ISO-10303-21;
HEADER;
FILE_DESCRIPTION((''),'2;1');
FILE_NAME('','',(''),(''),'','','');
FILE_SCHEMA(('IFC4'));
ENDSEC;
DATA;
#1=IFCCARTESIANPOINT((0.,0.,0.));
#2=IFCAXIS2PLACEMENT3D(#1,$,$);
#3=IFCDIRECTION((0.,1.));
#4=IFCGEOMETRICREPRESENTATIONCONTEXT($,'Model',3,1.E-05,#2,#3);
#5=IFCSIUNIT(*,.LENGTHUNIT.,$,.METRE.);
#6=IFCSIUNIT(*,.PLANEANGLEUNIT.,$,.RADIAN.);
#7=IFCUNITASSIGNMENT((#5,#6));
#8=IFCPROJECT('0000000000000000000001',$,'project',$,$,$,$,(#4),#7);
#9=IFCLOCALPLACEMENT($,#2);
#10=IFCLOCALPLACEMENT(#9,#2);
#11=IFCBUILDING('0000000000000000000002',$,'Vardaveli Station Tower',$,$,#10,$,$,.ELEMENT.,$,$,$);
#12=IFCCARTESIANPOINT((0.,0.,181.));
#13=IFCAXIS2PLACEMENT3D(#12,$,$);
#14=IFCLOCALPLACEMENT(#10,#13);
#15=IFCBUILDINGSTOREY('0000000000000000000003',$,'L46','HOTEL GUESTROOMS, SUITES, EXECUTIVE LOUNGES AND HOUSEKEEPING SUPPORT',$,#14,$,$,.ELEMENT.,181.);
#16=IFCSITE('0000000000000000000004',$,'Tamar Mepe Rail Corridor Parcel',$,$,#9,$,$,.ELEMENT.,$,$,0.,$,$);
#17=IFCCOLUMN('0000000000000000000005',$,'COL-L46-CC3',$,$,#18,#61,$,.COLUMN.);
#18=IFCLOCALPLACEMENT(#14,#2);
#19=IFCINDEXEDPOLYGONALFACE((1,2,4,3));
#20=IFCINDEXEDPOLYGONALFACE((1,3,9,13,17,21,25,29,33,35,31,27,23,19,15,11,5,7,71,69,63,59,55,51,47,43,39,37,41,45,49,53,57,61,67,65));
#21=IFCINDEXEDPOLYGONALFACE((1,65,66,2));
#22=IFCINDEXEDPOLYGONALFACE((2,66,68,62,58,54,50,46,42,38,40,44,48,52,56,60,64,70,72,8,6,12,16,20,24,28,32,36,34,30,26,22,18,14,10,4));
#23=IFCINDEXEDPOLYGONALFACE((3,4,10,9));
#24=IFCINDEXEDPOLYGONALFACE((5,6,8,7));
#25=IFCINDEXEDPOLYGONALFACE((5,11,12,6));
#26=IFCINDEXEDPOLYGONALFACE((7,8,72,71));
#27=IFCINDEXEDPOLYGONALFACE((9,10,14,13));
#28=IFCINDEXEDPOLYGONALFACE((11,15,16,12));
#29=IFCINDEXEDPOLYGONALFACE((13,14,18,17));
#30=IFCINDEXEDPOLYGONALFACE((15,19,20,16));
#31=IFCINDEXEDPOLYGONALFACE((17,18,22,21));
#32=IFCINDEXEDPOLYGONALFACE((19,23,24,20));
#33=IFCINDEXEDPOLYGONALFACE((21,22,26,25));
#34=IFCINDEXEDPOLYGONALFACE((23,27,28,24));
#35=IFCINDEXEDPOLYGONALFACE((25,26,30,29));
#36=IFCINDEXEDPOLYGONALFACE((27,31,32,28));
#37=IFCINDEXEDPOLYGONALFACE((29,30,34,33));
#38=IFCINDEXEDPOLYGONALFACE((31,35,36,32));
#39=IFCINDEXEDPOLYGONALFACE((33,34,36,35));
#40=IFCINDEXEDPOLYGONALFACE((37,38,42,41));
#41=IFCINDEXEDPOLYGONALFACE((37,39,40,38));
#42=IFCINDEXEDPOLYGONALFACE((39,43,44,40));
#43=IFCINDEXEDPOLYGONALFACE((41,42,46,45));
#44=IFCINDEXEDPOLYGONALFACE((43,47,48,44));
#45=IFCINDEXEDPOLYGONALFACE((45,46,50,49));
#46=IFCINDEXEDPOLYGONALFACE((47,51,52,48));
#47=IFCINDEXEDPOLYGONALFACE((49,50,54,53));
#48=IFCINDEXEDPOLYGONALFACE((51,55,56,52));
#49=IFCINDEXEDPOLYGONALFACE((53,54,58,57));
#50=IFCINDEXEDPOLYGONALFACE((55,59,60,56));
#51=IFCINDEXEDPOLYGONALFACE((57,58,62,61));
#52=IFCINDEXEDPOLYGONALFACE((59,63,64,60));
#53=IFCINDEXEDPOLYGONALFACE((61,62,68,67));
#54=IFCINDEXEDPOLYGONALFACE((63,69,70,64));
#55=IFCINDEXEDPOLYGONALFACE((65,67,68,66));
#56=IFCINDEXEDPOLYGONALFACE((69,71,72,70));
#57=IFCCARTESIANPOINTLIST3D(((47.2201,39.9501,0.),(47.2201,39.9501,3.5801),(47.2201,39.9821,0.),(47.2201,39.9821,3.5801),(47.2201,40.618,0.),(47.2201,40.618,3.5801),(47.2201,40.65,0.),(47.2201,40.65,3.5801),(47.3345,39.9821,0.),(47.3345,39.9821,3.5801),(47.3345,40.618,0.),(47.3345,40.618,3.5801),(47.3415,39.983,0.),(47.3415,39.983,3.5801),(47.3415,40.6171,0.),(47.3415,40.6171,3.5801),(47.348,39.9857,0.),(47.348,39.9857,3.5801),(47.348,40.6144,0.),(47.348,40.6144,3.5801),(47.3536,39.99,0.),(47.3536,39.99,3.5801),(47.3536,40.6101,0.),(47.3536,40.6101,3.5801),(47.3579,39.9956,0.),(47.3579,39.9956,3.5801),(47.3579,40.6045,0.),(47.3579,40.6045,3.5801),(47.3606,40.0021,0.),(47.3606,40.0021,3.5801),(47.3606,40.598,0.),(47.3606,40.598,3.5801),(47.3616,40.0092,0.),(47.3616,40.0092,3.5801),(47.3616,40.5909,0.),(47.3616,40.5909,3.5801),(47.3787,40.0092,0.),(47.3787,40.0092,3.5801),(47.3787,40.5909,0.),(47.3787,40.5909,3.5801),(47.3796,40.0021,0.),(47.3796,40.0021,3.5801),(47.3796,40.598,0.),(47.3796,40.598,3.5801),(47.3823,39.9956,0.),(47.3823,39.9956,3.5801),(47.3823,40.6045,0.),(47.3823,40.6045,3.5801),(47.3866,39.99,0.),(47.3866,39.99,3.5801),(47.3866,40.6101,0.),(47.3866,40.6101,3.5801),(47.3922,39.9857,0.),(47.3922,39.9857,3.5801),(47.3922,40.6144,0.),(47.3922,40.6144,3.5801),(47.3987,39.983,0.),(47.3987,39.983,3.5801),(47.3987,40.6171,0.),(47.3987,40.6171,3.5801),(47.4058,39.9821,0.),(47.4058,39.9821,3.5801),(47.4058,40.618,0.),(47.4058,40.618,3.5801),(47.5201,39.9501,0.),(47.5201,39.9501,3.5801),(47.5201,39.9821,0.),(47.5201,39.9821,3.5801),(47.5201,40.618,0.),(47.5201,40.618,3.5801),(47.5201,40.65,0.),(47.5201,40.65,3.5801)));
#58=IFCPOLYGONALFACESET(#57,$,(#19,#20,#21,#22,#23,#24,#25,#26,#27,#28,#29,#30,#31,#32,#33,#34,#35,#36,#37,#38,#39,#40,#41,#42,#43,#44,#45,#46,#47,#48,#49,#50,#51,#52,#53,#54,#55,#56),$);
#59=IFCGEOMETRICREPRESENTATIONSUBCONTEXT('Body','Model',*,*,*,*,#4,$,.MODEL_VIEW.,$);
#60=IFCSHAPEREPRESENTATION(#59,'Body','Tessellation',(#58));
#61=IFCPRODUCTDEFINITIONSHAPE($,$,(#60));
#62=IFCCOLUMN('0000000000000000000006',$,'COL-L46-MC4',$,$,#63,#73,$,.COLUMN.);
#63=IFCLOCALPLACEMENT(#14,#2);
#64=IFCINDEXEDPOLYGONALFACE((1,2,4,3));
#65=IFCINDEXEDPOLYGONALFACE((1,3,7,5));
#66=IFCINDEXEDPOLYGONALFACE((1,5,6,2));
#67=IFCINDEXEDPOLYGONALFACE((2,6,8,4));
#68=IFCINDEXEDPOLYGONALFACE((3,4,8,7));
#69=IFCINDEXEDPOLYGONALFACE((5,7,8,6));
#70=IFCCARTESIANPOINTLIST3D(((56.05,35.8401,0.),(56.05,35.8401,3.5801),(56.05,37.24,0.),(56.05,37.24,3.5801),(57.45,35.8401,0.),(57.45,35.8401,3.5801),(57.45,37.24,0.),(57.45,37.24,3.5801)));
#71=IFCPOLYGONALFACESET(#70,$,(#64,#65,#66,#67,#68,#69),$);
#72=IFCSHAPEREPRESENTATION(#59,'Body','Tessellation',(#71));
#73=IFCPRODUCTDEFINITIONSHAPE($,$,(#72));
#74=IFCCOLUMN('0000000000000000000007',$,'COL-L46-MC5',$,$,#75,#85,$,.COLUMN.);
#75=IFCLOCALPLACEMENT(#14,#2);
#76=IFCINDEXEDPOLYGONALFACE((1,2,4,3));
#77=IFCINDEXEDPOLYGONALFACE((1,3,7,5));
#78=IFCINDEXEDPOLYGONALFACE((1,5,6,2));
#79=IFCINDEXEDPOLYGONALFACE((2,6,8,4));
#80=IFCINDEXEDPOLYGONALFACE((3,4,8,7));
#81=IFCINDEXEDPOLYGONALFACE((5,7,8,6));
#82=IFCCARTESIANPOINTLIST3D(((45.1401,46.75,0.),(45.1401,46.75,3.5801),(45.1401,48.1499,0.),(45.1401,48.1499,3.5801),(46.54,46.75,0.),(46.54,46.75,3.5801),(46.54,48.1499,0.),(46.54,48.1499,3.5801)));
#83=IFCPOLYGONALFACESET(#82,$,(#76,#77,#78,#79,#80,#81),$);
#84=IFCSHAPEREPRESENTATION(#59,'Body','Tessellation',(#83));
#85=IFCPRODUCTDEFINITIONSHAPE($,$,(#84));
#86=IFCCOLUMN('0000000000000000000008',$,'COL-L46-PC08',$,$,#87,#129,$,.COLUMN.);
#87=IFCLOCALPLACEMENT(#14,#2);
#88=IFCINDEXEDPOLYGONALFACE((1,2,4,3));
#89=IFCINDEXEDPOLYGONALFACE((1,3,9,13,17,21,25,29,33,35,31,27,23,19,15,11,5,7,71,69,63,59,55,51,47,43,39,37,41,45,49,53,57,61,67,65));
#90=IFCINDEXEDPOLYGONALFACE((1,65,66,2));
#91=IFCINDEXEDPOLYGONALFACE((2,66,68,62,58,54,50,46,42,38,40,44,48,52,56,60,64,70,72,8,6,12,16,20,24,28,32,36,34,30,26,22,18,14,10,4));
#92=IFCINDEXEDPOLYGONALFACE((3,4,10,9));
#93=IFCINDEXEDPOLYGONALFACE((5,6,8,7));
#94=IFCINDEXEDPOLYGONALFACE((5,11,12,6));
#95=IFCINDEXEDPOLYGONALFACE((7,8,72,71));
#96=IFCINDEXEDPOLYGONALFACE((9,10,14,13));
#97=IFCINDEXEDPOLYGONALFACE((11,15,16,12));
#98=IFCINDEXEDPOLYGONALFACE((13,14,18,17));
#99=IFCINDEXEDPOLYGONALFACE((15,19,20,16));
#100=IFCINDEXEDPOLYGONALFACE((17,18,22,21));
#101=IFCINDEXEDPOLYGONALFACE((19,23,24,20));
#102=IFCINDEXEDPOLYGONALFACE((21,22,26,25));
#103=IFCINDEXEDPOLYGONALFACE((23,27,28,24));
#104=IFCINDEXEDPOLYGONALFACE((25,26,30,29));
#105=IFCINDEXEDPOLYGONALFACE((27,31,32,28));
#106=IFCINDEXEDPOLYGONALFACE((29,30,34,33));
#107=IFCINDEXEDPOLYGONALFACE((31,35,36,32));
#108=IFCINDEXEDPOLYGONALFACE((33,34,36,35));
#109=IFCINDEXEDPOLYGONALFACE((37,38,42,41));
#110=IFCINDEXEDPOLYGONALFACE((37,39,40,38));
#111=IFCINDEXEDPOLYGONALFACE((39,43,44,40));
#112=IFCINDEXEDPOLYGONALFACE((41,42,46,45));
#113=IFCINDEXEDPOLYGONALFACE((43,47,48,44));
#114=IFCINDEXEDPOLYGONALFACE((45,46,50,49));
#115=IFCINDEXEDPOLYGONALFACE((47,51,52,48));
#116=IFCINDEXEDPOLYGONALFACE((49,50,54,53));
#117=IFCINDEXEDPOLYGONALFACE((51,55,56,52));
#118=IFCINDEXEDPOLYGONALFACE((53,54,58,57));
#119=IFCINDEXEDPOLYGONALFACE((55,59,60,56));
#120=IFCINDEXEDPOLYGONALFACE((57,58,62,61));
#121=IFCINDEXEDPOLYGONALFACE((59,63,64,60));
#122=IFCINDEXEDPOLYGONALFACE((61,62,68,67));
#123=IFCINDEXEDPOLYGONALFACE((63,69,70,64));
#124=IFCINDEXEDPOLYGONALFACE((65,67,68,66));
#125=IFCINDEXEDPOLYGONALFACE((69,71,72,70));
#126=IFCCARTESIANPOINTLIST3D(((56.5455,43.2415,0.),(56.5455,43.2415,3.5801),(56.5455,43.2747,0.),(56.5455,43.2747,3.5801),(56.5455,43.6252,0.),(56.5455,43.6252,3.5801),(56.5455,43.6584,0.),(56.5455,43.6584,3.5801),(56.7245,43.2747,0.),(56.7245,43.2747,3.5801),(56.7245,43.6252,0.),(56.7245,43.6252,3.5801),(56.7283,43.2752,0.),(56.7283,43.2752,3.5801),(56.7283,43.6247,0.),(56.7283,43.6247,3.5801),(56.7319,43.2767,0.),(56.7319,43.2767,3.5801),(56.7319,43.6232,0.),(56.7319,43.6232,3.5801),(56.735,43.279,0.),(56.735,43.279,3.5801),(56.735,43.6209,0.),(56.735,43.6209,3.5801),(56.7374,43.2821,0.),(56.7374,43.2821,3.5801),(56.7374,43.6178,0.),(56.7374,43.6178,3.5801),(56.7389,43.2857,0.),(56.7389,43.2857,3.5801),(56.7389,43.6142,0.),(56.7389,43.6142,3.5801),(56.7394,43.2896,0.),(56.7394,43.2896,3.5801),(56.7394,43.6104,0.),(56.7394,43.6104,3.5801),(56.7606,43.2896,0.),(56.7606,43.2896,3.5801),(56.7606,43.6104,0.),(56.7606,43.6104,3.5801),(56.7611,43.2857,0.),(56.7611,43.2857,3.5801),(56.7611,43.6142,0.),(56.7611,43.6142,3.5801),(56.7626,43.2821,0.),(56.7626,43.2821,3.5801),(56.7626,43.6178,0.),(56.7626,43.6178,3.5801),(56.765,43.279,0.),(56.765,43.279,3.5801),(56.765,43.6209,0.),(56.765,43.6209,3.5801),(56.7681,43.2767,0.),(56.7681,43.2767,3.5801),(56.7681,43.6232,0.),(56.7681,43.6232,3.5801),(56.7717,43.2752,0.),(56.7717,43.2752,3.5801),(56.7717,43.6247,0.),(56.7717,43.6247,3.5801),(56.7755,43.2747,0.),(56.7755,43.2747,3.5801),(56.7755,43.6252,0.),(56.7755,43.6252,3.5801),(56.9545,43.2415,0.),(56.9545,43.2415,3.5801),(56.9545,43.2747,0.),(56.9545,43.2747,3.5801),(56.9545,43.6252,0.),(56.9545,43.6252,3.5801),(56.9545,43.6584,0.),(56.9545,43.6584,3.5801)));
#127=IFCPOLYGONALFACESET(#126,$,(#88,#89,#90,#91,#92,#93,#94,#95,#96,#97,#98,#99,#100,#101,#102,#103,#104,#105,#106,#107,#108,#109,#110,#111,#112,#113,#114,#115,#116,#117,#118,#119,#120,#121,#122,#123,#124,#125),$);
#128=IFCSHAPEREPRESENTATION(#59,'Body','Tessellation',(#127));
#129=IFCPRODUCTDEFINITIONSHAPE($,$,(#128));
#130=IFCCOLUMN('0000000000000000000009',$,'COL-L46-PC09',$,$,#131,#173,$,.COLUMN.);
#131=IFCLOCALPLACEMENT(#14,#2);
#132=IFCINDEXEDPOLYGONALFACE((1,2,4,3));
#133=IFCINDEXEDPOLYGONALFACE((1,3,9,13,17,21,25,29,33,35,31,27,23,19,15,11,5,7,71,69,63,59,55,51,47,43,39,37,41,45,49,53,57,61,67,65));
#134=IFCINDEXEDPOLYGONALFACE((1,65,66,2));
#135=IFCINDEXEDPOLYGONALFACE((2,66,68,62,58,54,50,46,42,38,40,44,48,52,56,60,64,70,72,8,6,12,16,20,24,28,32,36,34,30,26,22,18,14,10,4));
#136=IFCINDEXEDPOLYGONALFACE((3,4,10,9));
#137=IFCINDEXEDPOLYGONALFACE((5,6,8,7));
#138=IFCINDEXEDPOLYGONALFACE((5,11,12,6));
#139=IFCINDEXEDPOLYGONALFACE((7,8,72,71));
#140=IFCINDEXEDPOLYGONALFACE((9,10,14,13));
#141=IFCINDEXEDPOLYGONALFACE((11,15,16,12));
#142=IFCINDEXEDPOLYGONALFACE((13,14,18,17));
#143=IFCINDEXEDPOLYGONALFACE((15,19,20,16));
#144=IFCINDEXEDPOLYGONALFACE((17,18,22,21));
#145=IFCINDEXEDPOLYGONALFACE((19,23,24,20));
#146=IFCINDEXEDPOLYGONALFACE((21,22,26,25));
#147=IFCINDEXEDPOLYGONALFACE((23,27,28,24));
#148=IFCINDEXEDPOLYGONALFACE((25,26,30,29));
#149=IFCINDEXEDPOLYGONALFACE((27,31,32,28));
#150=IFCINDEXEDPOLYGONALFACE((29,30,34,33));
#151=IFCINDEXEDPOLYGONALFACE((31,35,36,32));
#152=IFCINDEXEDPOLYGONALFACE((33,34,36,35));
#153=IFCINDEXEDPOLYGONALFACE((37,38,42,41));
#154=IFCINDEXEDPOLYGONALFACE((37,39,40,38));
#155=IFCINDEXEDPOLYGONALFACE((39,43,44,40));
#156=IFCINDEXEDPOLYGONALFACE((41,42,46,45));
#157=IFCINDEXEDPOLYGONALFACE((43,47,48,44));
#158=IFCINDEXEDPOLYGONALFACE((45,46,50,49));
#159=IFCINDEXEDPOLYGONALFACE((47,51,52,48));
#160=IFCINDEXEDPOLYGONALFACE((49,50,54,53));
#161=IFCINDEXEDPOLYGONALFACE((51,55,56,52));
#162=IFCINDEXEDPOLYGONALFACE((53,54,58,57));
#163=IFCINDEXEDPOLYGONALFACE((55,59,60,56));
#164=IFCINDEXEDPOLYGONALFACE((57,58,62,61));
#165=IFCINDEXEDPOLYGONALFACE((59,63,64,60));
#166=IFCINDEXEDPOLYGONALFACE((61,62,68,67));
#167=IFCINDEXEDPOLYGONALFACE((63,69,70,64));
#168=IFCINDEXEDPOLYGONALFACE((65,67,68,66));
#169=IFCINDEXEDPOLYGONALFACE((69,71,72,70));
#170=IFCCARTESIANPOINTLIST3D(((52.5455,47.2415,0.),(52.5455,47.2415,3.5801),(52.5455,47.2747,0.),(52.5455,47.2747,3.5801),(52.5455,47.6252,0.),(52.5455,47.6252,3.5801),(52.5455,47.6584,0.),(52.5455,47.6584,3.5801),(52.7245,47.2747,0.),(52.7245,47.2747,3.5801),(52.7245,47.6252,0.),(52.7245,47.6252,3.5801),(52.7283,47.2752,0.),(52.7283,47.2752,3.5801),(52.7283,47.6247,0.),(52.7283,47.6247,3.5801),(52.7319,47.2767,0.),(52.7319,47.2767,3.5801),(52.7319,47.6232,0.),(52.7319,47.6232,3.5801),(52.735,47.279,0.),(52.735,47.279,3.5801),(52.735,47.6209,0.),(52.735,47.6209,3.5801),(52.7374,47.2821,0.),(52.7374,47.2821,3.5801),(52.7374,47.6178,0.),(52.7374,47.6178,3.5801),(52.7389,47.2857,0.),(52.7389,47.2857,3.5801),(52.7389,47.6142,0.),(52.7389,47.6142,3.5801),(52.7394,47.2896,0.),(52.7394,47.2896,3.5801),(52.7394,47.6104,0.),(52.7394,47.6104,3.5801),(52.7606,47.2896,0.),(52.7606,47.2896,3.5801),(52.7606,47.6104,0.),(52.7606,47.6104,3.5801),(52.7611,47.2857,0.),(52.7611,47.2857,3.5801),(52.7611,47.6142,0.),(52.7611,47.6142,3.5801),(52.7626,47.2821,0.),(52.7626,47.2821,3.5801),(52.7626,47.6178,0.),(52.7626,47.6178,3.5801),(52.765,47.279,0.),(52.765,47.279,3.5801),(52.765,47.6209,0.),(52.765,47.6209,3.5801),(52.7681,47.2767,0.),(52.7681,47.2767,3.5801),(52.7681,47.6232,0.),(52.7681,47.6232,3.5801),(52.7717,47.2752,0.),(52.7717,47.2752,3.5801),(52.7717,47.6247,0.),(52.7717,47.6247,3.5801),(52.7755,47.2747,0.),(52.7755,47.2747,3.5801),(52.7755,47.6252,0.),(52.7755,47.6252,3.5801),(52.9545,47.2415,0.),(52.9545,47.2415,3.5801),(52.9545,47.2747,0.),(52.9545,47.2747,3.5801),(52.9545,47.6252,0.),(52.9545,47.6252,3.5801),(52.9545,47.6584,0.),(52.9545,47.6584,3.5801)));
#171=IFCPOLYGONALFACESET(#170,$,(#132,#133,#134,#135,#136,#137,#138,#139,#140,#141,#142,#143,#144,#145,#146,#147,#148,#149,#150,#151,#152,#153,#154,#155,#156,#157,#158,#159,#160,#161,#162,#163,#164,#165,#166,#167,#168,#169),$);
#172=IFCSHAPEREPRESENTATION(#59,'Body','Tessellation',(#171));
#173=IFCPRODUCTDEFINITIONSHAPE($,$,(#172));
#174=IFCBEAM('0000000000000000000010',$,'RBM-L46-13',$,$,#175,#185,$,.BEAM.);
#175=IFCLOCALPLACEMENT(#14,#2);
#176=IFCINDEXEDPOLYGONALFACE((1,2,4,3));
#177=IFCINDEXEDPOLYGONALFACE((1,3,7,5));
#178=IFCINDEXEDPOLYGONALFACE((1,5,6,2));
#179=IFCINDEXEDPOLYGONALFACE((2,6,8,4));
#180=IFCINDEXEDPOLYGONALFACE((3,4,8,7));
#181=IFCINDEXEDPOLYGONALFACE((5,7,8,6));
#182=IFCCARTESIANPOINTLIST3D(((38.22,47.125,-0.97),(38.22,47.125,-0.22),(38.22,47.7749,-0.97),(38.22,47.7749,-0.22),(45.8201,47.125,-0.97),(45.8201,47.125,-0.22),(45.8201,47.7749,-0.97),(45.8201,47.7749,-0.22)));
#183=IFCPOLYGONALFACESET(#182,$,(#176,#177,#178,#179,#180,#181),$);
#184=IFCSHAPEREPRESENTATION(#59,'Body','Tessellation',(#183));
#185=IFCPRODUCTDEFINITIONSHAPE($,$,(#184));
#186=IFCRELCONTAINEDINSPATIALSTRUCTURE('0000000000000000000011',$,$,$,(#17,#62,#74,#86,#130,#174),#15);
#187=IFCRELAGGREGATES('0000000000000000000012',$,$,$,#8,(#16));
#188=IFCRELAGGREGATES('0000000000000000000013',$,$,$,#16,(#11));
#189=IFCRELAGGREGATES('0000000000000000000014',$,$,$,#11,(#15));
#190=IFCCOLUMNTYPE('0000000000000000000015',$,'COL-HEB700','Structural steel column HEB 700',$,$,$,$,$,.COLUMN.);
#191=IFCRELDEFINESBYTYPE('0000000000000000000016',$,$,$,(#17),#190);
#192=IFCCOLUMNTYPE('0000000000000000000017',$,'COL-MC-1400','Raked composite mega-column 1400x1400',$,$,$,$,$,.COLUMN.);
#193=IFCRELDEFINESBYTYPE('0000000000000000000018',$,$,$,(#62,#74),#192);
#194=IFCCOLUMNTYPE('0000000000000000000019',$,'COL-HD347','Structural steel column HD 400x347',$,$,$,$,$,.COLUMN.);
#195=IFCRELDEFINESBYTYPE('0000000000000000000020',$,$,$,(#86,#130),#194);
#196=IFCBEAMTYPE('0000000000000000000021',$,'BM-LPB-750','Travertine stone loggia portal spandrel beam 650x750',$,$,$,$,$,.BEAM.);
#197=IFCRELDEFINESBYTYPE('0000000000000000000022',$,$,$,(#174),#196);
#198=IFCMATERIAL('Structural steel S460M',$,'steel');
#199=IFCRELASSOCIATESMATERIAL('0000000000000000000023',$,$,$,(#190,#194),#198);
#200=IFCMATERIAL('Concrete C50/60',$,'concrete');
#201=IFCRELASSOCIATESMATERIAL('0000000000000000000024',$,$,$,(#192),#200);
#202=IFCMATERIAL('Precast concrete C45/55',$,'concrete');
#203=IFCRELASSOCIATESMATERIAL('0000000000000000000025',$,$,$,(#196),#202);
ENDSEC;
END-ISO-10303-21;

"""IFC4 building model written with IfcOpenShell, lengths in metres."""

from ifc_helpers import new_model, si_unit, direction, frame, origin, origin_2d, place, context, subcontext, project, spatial, rectangle, i_section, extrude, source, transform, mapped, material, material_profile, profile_set, type_object, element, save


model = new_model("IFC4")

# Units and contexts
model_context = context("Model", 3, precision=1e-05, world=origin(), true_north=direction((0.0, 1.0)))
body_context = subcontext(model_context, "Body", "Model", "MODEL_VIEW")
ifc_project = project(units=[si_unit("LENGTHUNIT", "METRE"), si_unit("PLANEANGLEUNIT", "RADIAN")], contexts=[model_context])

# Site, building, storey
site_placement = place(None, origin())
site = spatial("IfcSite", under=ifc_project, at=site_placement, Name="Tamar Mepe Rail Corridor Parcel", CompositionType="ELEMENT", RefElevation=0.0)
building_placement = place(site_placement, origin())
building = spatial("IfcBuilding", under=site, at=building_placement, Name="Vardaveli Station Tower", CompositionType="ELEMENT")
storey_placement = place(building_placement, frame((0.0, 0.0, 181.0)))
storey = spatial("IfcBuildingStorey", under=building, at=storey_placement, Name="L46", Description="HOTEL GUESTROOMS, SUITES, EXECUTIVE LOUNGES AND HOUSEKEEPING SUPPORT", CompositionType="ELEMENT", Elevation=181.0)

# Columns
ifc_material_1 = material(Name="Structural steel S460M", Category="steel")
ifc_material_profile_1 = material_profile(ifc_material_1, i_section(OverallWidth=0.3, OverallDepth=0.7, WebThickness=0.0171, FlangeThickness=0.032, FilletRadius=0.0271, at=origin_2d()), Name="HEB 700")
ifc_profile_set_1 = profile_set([ifc_material_profile_1], Name="Structural steel S460M")
column_type_1 = type_object("IfcColumnType", Name="COL-HEB700", Description="Structural steel column HEB 700", PredefinedType="COLUMN", material=ifc_profile_set_1)
shared_shape_1 = source(origin(), body_context, "Body", "SweptSolid", [
    extrude(i_section(OverallWidth=0.3, OverallDepth=0.7, WebThickness=0.0171, FlangeThickness=0.032, FilletRadius=0.0271, at=origin_2d()), origin(), (0.0, 0.0, 1.0), 3.5801),
])
column_placement = place(storey_placement, frame((47.3701, 40.3, 0.0), z_axis=(0.0, 0.0, 1.0), x_axis=(1.0, 0.0, 0.0)))
element("IfcColumn", 1, at=column_placement, inside=storey, type_object=column_type_1, Name="COL-L46-CC3", PredefinedType="COLUMN", context=body_context, shape_type="MappedRepresentation", body=[
    mapped(shared_shape_1, transform((0.0, 0.0, 0.0), scale=1.0)),
])
ifc_material_2 = material(Name="Concrete C50/60", Category="concrete")
ifc_material_profile_2 = material_profile(ifc_material_2, rectangle(XDim=1.3999, YDim=1.3999, at=origin_2d()), Name="MC 1400x1400")
ifc_profile_set_2 = profile_set([ifc_material_profile_2], Name="Concrete C50/60")
column_type_2 = type_object("IfcColumnType", Name="COL-MC-1400", Description="Raked composite mega-column 1400x1400", PredefinedType="COLUMN", material=ifc_profile_set_2)
shared_shape_2 = source(origin(), body_context, "Body", "SweptSolid", [
    extrude(rectangle(XDim=1.3999, YDim=1.3999, at=origin_2d()), origin(), (0.0, 0.0, 1.0), 3.5801),
])
for number, where, z_axis, x_axis, name in (
    (2, (56.75, 36.54, 0.0), (0.0, 0.0, 1.0), (1.0, 0.0, 0.0), "COL-L46-MC4"),
    (3, (45.8401, 47.45, 0.0), (0.0, 0.0, 1.0), (1.0, 0.0, 0.0), "COL-L46-MC5"),
):
    element("IfcColumn", number, at=place(storey_placement, frame(where, z_axis=z_axis, x_axis=x_axis)), inside=storey, type_object=column_type_2, Name=name, PredefinedType="COLUMN", context=body_context, shape_type="MappedRepresentation", body=[
        mapped(shared_shape_2, transform((0.0, 0.0, 0.0), scale=1.0)),
    ])
ifc_material_profile_3 = material_profile(ifc_material_1, i_section(OverallWidth=0.4089, OverallDepth=0.417, WebThickness=0.0212, FlangeThickness=0.0332, FilletRadius=0.0149, at=origin_2d()), Name="HD 400x347")
ifc_profile_set_3 = profile_set([ifc_material_profile_3], Name="Structural steel S460M")
column_type_3 = type_object("IfcColumnType", Name="COL-HD347", Description="Structural steel column HD 400x347", PredefinedType="COLUMN", material=ifc_profile_set_3)
shared_shape_3 = source(origin(), body_context, "Body", "SweptSolid", [
    extrude(i_section(OverallWidth=0.4089, OverallDepth=0.417, WebThickness=0.0212, FlangeThickness=0.0332, FilletRadius=0.0149, at=origin_2d()), origin(), (0.0, 0.0, 1.0), 3.5801),
])
for number, where, z_axis, x_axis, name in (
    (4, (56.75, 43.45, 0.0), (0.0, 0.0, 1.0), (1.0, 0.0, 0.0), "COL-L46-PC08"),
    (5, (52.75, 47.45, 0.0), (0.0, 0.0, 1.0), (1.0, 0.0, 0.0), "COL-L46-PC09"),
):
    element("IfcColumn", number, at=place(storey_placement, frame(where, z_axis=z_axis, x_axis=x_axis)), inside=storey, type_object=column_type_3, Name=name, PredefinedType="COLUMN", context=body_context, shape_type="MappedRepresentation", body=[
        mapped(shared_shape_3, transform((0.0, 0.0, 0.0), scale=1.0)),
    ])

# Beam
ifc_material_3 = material(Name="Precast concrete C45/55", Category="concrete")
ifc_material_profile_4 = material_profile(ifc_material_3, rectangle(XDim=0.6499, YDim=0.75, at=origin_2d()), Name="LPB 650x750")
ifc_profile_set_4 = profile_set([ifc_material_profile_4], Name="Precast concrete C45/55")
beam_type = type_object("IfcBeamType", Name="BM-LPB-750", Description="Travertine stone loggia portal spandrel beam 650x750", PredefinedType="BEAM", material=ifc_profile_set_4)
shared_shape_4 = source(origin(), body_context, "Body", "SweptSolid", [
    extrude(rectangle(XDim=0.6499, YDim=0.75, at=origin_2d()), origin(), (0.0, 0.0, 1.0), 7.6001),
])
beam_1_placement = place(storey_placement, frame((45.8201, 47.45, -0.595), z_axis=(-1.0, 0.0, 0.0), x_axis=(0.0, -1.0, 0.0)))
element("IfcBeam", 6, at=beam_1_placement, inside=storey, type_object=beam_type, Name="RBM-L46-13", PredefinedType="BEAM", context=body_context, shape_type="MappedRepresentation", body=[
    mapped(shared_shape_4, transform((0.0, 0.0, 0.0), scale=1.0)),
])

save(model, "model.ifc")
